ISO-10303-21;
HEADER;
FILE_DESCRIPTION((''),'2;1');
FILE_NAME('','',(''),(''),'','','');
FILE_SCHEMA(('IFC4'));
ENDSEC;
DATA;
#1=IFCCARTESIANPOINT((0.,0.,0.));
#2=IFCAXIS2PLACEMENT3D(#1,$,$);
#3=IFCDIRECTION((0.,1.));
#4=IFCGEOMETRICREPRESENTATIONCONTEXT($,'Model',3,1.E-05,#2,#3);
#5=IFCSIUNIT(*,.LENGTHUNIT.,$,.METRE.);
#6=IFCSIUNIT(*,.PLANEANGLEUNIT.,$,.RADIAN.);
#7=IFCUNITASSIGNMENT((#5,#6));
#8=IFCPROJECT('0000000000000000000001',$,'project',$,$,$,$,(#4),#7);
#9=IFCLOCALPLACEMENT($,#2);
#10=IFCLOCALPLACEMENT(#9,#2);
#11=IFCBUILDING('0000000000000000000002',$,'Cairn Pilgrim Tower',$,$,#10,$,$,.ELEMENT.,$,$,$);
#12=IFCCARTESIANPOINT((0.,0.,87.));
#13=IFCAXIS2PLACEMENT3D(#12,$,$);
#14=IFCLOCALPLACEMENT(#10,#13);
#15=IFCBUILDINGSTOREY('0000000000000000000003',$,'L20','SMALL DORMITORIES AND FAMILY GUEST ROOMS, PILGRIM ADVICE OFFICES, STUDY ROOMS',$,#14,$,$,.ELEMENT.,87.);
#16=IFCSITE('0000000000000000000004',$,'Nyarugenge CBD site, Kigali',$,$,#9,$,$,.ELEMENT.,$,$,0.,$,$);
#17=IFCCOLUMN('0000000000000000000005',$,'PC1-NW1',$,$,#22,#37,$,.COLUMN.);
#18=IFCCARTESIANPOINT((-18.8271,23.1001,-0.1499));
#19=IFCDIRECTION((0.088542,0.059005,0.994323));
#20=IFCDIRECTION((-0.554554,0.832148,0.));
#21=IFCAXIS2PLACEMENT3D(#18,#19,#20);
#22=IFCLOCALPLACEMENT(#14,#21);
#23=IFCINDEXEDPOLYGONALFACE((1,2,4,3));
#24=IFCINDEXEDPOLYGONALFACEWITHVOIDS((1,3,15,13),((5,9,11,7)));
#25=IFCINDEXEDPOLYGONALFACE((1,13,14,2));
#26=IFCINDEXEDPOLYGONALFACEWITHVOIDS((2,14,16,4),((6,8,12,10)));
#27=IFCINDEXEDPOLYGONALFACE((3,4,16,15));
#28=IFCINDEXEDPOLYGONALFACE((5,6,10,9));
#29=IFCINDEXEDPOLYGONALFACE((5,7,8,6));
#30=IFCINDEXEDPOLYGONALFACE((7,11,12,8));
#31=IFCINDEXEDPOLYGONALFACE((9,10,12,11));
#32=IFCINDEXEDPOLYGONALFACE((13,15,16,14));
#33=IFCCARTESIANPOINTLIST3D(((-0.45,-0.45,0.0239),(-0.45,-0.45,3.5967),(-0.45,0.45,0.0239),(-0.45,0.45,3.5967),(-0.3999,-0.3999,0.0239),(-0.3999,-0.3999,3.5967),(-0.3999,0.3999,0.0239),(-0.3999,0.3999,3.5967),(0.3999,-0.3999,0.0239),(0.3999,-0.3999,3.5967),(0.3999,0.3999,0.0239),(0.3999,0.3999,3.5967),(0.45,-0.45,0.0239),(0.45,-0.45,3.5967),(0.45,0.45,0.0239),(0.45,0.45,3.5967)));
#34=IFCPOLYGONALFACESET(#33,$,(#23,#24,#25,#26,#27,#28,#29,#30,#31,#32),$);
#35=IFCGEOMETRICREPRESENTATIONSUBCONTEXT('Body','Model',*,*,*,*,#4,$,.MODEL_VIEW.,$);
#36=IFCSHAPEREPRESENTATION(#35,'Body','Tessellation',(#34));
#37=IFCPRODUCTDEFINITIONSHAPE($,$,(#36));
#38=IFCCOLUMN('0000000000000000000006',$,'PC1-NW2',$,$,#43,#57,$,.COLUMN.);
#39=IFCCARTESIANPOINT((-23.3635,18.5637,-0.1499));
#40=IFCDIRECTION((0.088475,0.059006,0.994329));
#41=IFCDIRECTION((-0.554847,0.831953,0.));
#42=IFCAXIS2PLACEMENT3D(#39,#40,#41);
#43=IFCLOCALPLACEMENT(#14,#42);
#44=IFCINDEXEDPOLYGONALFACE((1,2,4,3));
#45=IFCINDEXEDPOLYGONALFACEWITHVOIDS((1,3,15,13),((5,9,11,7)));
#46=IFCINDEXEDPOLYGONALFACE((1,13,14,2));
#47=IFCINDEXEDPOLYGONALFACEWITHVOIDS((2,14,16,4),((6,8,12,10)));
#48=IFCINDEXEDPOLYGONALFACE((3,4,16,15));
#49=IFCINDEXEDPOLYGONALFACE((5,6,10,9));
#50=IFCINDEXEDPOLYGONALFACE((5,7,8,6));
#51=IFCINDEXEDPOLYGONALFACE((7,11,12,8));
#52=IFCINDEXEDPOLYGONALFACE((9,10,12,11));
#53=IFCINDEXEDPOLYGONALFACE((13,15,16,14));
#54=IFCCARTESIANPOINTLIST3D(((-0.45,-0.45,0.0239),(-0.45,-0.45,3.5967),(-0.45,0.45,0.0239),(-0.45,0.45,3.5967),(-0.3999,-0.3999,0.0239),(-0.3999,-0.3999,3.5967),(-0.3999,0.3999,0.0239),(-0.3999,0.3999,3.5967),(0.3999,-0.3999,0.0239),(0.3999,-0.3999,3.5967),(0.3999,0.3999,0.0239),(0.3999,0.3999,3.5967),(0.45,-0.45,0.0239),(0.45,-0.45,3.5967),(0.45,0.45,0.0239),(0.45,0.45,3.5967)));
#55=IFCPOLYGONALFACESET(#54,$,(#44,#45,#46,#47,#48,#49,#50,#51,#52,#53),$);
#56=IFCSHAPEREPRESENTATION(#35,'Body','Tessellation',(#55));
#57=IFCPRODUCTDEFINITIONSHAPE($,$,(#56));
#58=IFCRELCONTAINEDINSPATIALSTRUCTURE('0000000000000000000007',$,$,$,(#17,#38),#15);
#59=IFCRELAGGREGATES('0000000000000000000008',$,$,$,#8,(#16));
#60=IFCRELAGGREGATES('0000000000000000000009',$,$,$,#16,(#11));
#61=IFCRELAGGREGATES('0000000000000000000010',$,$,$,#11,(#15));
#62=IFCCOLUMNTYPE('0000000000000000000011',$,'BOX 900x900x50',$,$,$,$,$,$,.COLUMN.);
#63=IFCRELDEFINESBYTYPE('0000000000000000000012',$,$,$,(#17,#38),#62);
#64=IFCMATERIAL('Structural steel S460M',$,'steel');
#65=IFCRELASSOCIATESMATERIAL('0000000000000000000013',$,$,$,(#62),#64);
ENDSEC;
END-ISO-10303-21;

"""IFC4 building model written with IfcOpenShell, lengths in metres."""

from ifc_helpers import new_model, si_unit, direction, frame, origin, origin_2d, place, context, subcontext, project, spatial, hollow_rectangle, extrude, clip, halfspace, material, material_profile, profile_set, type_object, element, save


model = new_model("IFC4")

# Units and contexts
model_context = context("Model", 3, precision=1e-05, world=origin(), true_north=direction((0.0, 1.0)))
body_context = subcontext(model_context, "Body", "Model", "MODEL_VIEW")
ifc_project = project(units=[si_unit("LENGTHUNIT", "METRE"), si_unit("PLANEANGLEUNIT", "RADIAN")], contexts=[model_context])

# Site, building, storey
site_placement = place(None, origin())
site = spatial("IfcSite", under=ifc_project, at=site_placement, Name="Nyarugenge CBD site, Kigali", CompositionType="ELEMENT", RefElevation=0.0)
building_placement = place(site_placement, origin())
building = spatial("IfcBuilding", under=site, at=building_placement, Name="Cairn Pilgrim Tower", CompositionType="ELEMENT")
storey_placement = place(building_placement, frame((0.0, 0.0, 87.0)))
storey = spatial("IfcBuildingStorey", under=building, at=storey_placement, Name="L20", Description="SMALL DORMITORIES AND FAMILY GUEST ROOMS, PILGRIM ADVICE OFFICES, STUDY ROOMS", CompositionType="ELEMENT", Elevation=87.0)

# Columns
ifc_material_1 = material(Name="Structural steel S460M", Category="steel")
ifc_material_profile_1 = material_profile(ifc_material_1, hollow_rectangle(XDim=0.8999, YDim=0.8999, WallThickness=0.05, at=origin_2d()), Name="BOX 900x900x50")
ifc_profile_set_1 = profile_set([ifc_material_profile_1], Name="Structural steel S460M")
column_type = type_object("IfcColumnType", Name="BOX 900x900x50", PredefinedType="COLUMN", material=ifc_profile_set_1)
for number, where, z_axis, x_axis, name in (
    (1, (-18.8271, 23.1001, -0.1499), (0.088542, 0.059005, 0.994323), (-0.554554, 0.832148, 0.0), "PC1-NW1"),
    (2, (-23.3635, 18.5637, -0.1499), (0.088475, 0.059006, 0.994329), (-0.554847, 0.831953, 0.0), "PC1-NW2"),
):
    element("IfcColumn", number, at=place(storey_placement, frame(where, z_axis=z_axis, x_axis=x_axis)), inside=storey, type_object=column_type, Name=name, PredefinedType="COLUMN", context=body_context, shape_type="Clipping", body=[
        clip(clip(extrude(hollow_rectangle(XDim=0.8999, YDim=0.8999, WallThickness=0.05, at=origin_2d()), origin(), (0.0, 0.0, 1.0), 3.6204), halfspace(frame((0.0, 0.0, 0.0239), z_axis=(0.0, 0.0, 1.0), x_axis=(1.0, 0.0, 0.0)), True)), halfspace(frame((0.0, 0.0, 3.5967), z_axis=(0.0, 0.0, 1.0), x_axis=(1.0, 0.0, 0.0)), False)),
    ])

save(model, "model.ifc")
